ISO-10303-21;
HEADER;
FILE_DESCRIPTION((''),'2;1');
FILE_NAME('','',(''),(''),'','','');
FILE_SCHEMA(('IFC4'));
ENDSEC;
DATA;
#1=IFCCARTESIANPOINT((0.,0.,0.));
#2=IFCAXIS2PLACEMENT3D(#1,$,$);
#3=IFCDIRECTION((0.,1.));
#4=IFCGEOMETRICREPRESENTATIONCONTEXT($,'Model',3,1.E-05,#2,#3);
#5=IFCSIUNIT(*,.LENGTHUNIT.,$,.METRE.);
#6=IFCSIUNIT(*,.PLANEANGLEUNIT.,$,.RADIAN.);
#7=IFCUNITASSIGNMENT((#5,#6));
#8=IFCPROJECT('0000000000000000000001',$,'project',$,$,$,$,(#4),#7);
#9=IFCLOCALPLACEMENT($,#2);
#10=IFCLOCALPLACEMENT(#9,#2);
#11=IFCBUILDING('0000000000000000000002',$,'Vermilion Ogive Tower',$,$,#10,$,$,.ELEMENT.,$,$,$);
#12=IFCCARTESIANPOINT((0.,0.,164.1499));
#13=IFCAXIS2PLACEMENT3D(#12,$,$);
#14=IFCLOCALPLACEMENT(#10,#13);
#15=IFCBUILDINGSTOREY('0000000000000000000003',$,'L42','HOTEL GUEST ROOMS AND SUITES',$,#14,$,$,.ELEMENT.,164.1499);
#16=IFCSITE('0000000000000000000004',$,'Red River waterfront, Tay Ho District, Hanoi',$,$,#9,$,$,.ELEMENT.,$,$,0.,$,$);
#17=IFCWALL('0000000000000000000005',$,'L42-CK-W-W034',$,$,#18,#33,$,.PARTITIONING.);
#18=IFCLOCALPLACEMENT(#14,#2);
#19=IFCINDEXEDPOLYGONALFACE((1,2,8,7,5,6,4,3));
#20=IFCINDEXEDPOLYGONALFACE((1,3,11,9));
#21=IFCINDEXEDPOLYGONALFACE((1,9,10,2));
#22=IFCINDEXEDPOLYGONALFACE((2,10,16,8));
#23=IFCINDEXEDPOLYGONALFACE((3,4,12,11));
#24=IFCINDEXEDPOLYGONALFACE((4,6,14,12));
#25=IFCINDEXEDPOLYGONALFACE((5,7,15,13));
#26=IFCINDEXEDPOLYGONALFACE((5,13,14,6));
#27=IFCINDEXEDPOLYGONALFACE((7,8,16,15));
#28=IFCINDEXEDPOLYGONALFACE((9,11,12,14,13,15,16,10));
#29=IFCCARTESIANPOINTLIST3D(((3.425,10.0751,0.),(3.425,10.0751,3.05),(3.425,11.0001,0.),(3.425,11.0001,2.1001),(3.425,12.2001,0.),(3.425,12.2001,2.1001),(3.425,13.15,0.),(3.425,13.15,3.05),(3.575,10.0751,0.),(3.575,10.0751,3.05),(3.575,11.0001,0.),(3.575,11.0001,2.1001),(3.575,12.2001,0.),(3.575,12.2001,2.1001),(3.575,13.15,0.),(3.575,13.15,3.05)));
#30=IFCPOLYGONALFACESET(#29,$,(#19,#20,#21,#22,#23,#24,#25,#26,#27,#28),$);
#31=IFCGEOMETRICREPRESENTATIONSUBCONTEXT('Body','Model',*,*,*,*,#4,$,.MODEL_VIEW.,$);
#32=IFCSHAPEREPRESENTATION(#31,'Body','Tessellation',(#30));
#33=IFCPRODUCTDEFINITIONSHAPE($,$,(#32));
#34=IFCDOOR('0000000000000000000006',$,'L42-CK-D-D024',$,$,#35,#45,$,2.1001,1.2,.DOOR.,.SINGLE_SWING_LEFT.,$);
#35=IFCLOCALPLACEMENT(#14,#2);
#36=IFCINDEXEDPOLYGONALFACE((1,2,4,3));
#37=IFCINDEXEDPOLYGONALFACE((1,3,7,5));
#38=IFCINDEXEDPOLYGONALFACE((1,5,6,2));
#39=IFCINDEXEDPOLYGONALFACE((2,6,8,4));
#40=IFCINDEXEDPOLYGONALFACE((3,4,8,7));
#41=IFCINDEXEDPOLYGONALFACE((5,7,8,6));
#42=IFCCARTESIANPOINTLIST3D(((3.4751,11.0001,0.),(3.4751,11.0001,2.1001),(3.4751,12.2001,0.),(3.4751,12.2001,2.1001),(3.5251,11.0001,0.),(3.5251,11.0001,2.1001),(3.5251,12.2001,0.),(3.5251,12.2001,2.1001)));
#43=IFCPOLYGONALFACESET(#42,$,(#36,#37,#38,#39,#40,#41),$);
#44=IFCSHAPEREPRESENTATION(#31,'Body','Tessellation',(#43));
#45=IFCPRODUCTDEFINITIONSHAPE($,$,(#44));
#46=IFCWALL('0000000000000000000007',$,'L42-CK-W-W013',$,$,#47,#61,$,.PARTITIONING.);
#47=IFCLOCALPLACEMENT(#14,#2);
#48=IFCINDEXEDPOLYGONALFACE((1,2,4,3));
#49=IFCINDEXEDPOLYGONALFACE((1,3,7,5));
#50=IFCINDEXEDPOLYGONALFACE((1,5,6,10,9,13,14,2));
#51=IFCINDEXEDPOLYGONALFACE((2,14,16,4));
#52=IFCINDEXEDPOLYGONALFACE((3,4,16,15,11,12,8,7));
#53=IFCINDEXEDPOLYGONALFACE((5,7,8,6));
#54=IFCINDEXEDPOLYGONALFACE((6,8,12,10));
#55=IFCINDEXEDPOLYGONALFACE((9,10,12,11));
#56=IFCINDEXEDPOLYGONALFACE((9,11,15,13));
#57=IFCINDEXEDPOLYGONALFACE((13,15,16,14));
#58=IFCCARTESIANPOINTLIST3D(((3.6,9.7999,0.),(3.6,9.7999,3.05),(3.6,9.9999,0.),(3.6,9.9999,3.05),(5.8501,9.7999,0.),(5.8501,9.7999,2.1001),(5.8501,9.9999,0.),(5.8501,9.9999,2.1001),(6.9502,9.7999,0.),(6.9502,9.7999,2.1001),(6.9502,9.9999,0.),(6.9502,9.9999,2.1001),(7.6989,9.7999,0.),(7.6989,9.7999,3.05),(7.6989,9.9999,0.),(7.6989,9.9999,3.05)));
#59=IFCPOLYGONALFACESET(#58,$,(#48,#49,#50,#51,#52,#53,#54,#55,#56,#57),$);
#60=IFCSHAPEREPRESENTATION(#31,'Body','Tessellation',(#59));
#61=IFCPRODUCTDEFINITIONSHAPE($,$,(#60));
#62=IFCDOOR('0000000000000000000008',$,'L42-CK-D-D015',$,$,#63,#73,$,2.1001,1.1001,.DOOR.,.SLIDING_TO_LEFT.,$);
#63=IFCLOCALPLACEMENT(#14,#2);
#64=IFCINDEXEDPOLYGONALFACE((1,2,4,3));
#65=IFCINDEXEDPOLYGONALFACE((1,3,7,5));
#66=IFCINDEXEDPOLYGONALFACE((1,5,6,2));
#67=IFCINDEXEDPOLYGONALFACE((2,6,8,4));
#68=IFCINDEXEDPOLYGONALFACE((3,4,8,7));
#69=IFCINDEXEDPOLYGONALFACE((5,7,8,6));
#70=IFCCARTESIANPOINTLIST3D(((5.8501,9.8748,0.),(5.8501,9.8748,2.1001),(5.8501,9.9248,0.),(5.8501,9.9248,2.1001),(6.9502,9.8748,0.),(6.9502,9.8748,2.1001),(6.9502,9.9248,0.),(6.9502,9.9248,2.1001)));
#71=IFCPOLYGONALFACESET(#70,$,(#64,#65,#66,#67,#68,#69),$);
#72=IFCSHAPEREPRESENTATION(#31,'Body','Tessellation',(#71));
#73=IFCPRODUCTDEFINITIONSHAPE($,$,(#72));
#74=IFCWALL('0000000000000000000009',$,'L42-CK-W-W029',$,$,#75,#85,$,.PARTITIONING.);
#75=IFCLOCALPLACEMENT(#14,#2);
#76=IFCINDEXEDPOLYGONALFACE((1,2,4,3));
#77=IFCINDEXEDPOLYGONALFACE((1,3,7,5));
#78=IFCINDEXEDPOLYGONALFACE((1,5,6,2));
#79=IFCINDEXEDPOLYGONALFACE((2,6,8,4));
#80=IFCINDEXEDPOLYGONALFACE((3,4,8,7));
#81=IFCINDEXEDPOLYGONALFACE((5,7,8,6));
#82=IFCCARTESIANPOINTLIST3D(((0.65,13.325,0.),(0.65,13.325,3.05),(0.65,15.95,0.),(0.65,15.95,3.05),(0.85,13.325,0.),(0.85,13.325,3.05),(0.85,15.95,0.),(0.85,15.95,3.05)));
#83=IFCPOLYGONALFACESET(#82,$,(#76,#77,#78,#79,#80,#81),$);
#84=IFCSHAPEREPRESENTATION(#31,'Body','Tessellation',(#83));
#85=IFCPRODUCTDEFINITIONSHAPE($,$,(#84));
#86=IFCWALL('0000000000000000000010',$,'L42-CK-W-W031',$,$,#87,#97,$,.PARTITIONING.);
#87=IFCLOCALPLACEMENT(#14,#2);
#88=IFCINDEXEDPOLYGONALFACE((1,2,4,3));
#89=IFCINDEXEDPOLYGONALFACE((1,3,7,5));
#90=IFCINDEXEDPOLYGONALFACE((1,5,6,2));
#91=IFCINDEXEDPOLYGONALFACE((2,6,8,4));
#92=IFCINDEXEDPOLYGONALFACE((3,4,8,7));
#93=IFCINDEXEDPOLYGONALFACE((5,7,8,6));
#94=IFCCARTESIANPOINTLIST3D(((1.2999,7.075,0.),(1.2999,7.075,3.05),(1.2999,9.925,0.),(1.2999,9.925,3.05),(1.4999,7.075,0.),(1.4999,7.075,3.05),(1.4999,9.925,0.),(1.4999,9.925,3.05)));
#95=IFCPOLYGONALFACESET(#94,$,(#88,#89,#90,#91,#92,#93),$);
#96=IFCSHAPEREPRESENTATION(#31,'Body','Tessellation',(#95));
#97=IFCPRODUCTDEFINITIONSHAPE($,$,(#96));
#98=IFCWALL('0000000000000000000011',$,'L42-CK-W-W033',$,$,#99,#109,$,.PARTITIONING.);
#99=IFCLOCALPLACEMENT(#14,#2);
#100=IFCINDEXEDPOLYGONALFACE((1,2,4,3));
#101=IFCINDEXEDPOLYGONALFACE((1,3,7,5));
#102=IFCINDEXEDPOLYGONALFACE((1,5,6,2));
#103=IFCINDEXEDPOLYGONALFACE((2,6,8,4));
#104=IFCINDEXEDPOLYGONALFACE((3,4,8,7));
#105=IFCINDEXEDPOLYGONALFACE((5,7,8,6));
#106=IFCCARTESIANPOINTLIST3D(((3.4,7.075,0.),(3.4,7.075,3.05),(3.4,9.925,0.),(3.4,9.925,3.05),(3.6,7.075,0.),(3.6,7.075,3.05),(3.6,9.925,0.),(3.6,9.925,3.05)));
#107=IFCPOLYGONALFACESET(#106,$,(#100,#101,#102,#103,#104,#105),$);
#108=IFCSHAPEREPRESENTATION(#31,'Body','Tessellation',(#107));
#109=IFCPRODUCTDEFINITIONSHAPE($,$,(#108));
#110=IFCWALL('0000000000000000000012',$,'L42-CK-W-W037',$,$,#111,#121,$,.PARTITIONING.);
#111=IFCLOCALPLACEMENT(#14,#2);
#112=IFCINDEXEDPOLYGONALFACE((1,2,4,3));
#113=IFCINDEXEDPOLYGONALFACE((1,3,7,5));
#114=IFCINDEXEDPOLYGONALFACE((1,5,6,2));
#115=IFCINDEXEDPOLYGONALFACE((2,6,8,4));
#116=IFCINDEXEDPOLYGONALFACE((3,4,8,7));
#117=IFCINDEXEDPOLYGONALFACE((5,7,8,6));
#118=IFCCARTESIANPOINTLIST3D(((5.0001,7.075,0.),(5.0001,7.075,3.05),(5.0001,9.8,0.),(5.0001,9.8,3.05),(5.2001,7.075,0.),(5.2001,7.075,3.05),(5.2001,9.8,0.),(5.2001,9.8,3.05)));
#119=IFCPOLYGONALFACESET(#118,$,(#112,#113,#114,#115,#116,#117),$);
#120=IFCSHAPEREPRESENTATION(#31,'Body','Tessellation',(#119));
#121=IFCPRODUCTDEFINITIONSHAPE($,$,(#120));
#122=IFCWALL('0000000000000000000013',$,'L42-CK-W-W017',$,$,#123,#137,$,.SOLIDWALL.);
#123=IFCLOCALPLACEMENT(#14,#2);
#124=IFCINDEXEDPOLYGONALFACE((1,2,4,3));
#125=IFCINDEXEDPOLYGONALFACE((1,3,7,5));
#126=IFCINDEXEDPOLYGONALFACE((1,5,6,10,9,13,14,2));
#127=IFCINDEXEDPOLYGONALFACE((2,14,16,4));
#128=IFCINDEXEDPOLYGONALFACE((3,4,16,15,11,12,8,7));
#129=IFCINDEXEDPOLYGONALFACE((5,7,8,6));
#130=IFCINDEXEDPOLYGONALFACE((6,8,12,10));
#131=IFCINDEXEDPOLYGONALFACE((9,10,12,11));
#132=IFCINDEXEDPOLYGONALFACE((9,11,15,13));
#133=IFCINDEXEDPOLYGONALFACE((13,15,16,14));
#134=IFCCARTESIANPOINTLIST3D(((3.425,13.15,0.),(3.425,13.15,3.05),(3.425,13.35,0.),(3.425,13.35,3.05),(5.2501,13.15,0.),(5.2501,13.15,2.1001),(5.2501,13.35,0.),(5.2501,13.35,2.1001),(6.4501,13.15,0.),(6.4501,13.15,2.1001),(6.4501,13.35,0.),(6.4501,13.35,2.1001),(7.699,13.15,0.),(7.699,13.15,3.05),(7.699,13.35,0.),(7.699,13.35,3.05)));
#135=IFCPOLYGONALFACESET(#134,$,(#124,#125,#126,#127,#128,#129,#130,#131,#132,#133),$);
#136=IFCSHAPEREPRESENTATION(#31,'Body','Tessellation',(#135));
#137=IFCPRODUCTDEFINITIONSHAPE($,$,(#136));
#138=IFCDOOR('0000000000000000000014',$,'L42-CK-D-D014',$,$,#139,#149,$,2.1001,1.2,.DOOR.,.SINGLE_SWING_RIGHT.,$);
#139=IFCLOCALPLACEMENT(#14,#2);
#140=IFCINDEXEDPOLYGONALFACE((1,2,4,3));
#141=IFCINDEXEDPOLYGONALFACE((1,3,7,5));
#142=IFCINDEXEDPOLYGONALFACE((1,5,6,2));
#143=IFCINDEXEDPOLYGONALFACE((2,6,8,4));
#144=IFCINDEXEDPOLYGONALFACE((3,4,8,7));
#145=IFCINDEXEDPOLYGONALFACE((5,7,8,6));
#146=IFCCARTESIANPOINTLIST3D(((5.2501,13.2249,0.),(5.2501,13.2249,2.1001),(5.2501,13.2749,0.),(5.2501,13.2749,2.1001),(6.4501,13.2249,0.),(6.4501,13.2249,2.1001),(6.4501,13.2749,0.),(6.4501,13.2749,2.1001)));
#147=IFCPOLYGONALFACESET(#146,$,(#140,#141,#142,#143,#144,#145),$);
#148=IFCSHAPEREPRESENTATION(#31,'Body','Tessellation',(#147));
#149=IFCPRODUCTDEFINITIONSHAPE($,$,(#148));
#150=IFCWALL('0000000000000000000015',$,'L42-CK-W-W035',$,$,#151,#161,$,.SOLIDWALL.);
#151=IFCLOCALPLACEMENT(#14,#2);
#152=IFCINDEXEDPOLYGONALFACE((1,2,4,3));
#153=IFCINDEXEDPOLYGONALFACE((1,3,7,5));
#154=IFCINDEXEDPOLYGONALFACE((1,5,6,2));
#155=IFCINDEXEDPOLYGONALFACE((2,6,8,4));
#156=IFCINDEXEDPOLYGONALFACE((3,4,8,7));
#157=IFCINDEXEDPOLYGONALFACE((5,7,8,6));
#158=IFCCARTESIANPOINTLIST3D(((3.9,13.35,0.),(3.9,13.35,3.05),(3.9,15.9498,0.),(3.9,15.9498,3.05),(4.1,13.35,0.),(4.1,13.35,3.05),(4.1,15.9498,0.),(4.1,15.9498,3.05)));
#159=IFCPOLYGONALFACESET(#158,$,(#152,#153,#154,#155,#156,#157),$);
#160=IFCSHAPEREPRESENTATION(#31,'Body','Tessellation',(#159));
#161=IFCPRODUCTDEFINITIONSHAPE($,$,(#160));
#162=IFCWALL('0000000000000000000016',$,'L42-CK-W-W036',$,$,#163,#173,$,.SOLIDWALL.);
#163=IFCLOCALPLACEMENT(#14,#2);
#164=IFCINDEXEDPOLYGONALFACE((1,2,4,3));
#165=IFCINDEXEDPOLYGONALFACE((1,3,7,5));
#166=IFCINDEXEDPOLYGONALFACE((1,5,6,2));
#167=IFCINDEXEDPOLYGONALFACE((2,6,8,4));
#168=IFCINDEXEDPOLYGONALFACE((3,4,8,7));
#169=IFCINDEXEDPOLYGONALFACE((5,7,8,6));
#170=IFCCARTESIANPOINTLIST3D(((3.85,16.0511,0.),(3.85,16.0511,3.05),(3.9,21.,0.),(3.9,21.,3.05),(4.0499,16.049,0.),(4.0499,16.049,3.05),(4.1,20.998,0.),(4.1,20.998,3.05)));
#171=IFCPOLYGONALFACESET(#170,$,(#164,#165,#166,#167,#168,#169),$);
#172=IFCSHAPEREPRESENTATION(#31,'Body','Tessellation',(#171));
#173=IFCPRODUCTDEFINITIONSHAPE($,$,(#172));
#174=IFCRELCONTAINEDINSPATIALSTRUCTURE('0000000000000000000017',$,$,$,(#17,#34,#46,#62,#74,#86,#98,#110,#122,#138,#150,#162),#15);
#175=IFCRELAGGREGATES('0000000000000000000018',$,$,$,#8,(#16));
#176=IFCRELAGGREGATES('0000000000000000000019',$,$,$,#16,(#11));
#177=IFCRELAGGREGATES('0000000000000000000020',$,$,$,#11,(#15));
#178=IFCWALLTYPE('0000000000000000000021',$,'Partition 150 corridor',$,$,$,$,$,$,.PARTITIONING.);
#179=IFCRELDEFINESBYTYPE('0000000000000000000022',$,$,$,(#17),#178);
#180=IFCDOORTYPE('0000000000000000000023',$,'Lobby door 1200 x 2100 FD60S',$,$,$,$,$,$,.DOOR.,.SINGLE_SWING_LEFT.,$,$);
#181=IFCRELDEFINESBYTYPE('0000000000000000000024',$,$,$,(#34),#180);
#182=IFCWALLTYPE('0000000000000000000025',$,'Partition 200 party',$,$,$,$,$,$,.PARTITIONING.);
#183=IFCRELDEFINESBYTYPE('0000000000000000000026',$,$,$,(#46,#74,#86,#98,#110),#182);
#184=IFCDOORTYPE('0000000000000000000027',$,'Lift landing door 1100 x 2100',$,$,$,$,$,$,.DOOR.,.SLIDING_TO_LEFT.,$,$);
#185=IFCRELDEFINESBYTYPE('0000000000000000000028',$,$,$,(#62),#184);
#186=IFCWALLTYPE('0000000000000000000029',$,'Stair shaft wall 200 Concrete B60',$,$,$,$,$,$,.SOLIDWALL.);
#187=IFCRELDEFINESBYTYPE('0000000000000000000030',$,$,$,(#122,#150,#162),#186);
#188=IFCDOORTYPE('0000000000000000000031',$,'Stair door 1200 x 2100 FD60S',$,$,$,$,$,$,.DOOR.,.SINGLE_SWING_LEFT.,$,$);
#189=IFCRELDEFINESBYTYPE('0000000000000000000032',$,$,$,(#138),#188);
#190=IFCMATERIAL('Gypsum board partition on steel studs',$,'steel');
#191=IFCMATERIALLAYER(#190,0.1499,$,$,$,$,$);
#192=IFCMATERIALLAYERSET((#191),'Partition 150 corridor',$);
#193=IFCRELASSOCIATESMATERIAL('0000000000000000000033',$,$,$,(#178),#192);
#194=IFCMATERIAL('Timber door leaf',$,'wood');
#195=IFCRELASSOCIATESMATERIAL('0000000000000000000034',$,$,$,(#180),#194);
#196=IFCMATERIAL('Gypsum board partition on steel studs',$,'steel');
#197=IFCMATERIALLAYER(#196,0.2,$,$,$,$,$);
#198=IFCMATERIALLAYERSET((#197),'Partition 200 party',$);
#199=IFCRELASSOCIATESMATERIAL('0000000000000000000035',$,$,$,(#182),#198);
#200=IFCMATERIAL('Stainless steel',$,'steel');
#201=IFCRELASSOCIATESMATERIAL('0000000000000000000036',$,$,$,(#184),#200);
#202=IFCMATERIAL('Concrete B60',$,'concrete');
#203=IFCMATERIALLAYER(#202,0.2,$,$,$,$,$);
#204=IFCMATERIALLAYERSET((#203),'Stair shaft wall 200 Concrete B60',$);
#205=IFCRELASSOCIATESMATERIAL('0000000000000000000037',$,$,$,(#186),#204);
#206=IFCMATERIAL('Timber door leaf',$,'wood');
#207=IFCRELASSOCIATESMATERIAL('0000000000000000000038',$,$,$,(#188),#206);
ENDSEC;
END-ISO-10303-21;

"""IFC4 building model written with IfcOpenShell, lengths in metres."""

from ifc_helpers import new_model, si_unit, direction, frame, frame_2d, origin, place, context, subcontext, project, spatial, rectangle, extrude, material, layer, layer_set, type_object, element, fill, save


model = new_model("IFC4")

# Units and contexts
model_context = context("Model", 3, precision=1e-05, world=origin(), true_north=direction((0.0, 1.0)))
body_context = subcontext(model_context, "Body", "Model", "MODEL_VIEW")
ifc_project = project(units=[si_unit("LENGTHUNIT", "METRE"), si_unit("PLANEANGLEUNIT", "RADIAN")], contexts=[model_context])

# Site, building, storey
site_placement = place(None, origin())
site = spatial("IfcSite", under=ifc_project, at=site_placement, Name="Red River waterfront, Tay Ho District, Hanoi", CompositionType="ELEMENT", RefElevation=0.0)
building_placement = place(site_placement, origin())
building = spatial("IfcBuilding", under=site, at=building_placement, Name="Vermilion Ogive Tower", CompositionType="ELEMENT")
storey_placement = place(building_placement, frame((0.0, 0.0, 164.1499)))
storey = spatial("IfcBuildingStorey", under=building, at=storey_placement, Name="L42", Description="HOTEL GUEST ROOMS AND SUITES", CompositionType="ELEMENT", Elevation=164.1499)

# Walls, openings, doors
ifc_material_1 = material(Name="Gypsum board partition on steel studs", Category="steel")
ifc_layer_1 = layer(ifc_material_1, 0.1499)
ifc_layer_set_1 = layer_set([ifc_layer_1], Name="Partition 150 corridor")
wall_type_1 = type_object("IfcWallType", Name="Partition 150 corridor", PredefinedType="PARTITIONING", material=ifc_layer_set_1)
wall_1_placement = place(storey_placement, frame((3.5, 10.075, 0.0), z_axis=(0.0, 0.0, 1.0), x_axis=(0.0, 1.0, 0.0)))
wall_1 = element("IfcWall", 1, at=wall_1_placement, inside=storey, type_object=wall_type_1, Name="L42-CK-W-W034", PredefinedType="PARTITIONING", context=body_context, shape_type="SweptSolid", body=[
    extrude(rectangle(XDim=3.075, YDim=0.1499, at=frame_2d((1.5376, 0.0))), origin(), (0.0, 0.0, 1.0), 3.05),
])
opening_1_placement = place(wall_1_placement, frame((0.925, 0.0, 0.0)))
opening_1 = element("IfcOpeningElement", 2, at=opening_1_placement, cuts=wall_1, PredefinedType="OPENING", context=body_context, shape_type="SweptSolid", body=[
    extrude(rectangle(XDim=1.2, YDim=2.1001, at=frame_2d((0.6001, 1.05))), frame((0.0, 0.085, 0.0), z_axis=(0.0, -1.0, 0.0), x_axis=(1.0, 0.0, 0.0)), (0.0, 0.0, 1.0), 0.1699),
])
ifc_material_2 = material(Name="Timber door leaf", Category="wood")
door_type_1 = type_object("IfcDoorType", Name="Lobby door 1200 x 2100 FD60S", OperationType="SINGLE_SWING_LEFT", PredefinedType="DOOR", material=ifc_material_2)
door_1_placement = place(opening_1_placement, origin())
door_1 = element("IfcDoor", 3, at=door_1_placement, inside=storey, type_object=door_type_1, Name="L42-CK-D-D024", OperationType="SINGLE_SWING_LEFT", OverallHeight=2.1001, OverallWidth=1.2, PredefinedType="DOOR", context=body_context, shape_type="SweptSolid", body=[
    extrude(rectangle(XDim=1.2, YDim=2.1001, at=frame_2d((0.6001, 1.05))), frame((0.0, 0.0249, 0.0), z_axis=(0.0, -1.0, 0.0), x_axis=(1.0, 0.0, 0.0)), (0.0, 0.0, 1.0), 0.05),
])
fill(opening_1, door_1)
ifc_material_3 = material(Name="Gypsum board partition on steel studs", Category="steel")
ifc_layer_2 = layer(ifc_material_3, 0.2)
ifc_layer_set_2 = layer_set([ifc_layer_2], Name="Partition 200 party")
wall_type_2 = type_object("IfcWallType", Name="Partition 200 party", PredefinedType="PARTITIONING", material=ifc_layer_set_2)
wall_2_placement = place(storey_placement, frame((3.6001, 9.8999, 0.0), z_axis=(0.0, 0.0, 1.0), x_axis=(1.0, 0.0, 0.0)))
wall_2 = element("IfcWall", 4, at=wall_2_placement, inside=storey, type_object=wall_type_2, Name="L42-CK-W-W013", PredefinedType="PARTITIONING", context=body_context, shape_type="SweptSolid", body=[
    extrude(rectangle(XDim=4.0989, YDim=0.2, at=frame_2d((2.0493, 0.0))), origin(), (0.0, 0.0, 1.0), 3.05),
])
opening_2_placement = place(wall_2_placement, frame((2.25, 0.0, 0.0)))
opening_2 = element("IfcOpeningElement", 5, at=opening_2_placement, cuts=wall_2, PredefinedType="OPENING", context=body_context, shape_type="SweptSolid", body=[
    extrude(rectangle(XDim=1.1001, YDim=2.1001, at=frame_2d((0.55, 1.05))), frame((0.0, 0.1099, 0.0), z_axis=(0.0, -1.0, 0.0), x_axis=(1.0, 0.0, 0.0)), (0.0, 0.0, 1.0), 0.22),
])
ifc_material_4 = material(Name="Stainless steel", Category="steel")
door_type_2 = type_object("IfcDoorType", Name="Lift landing door 1100 x 2100", OperationType="SLIDING_TO_LEFT", PredefinedType="DOOR", material=ifc_material_4)
door_2_placement = place(opening_2_placement, origin())
door_2 = element("IfcDoor", 6, at=door_2_placement, inside=storey, type_object=door_type_2, Name="L42-CK-D-D015", OperationType="SLIDING_TO_LEFT", OverallHeight=2.1001, OverallWidth=1.1001, PredefinedType="DOOR", context=body_context, shape_type="SweptSolid", body=[
    extrude(rectangle(XDim=1.1001, YDim=2.1001, at=frame_2d((0.55, 1.05))), frame((0.0, 0.0249, 0.0), z_axis=(0.0, -1.0, 0.0), x_axis=(1.0, 0.0, 0.0)), (0.0, 0.0, 1.0), 0.05),
])
fill(opening_2, door_2)

# Walls
wall_3_placement = place(storey_placement, frame((0.75, 13.325, 0.0), z_axis=(0.0, 0.0, 1.0), x_axis=(0.0, 1.0, 0.0)))
element("IfcWall", 7, at=wall_3_placement, inside=storey, type_object=wall_type_2, Name="L42-CK-W-W029", PredefinedType="PARTITIONING", context=body_context, shape_type="SweptSolid", body=[
    extrude(rectangle(XDim=2.625, YDim=0.2, at=frame_2d((1.3125, 0.0))), origin(), (0.0, 0.0, 1.0), 3.05),
])
for number, where, z_axis, x_axis, name in (
    (8, (1.3999, 7.075, 0.0), (0.0, 0.0, 1.0), (0.0, 1.0, 0.0), "L42-CK-W-W031"),
    (9, (3.5, 7.075, 0.0), (0.0, 0.0, 1.0), (0.0, 1.0, 0.0), "L42-CK-W-W033"),
):
    element("IfcWall", number, at=place(storey_placement, frame(where, z_axis=z_axis, x_axis=x_axis)), inside=storey, type_object=wall_type_2, Name=name, PredefinedType="PARTITIONING", context=body_context, shape_type="SweptSolid", body=[
        extrude(rectangle(XDim=2.8501, YDim=0.2, at=frame_2d((1.425, 0.0))), origin(), (0.0, 0.0, 1.0), 3.05),
    ])
wall_4_placement = place(storey_placement, frame((5.1001, 7.075, 0.0), z_axis=(0.0, 0.0, 1.0), x_axis=(0.0, 1.0, 0.0)))
element("IfcWall", 10, at=wall_4_placement, inside=storey, type_object=wall_type_2, Name="L42-CK-W-W037", PredefinedType="PARTITIONING", context=body_context, shape_type="SweptSolid", body=[
    extrude(rectangle(XDim=2.7251, YDim=0.2, at=frame_2d((1.3625, 0.0))), origin(), (0.0, 0.0, 1.0), 3.05),
])

# Wall, opening, door
ifc_material_5 = material(Name="Concrete B60", Category="concrete")
ifc_layer_3 = layer(ifc_material_5, 0.2)
ifc_layer_set_3 = layer_set([ifc_layer_3], Name="Stair shaft wall 200 Concrete B60")
wall_type_3 = type_object("IfcWallType", Name="Stair shaft wall 200 Concrete B60", PredefinedType="SOLIDWALL", material=ifc_layer_set_3)
wall_5_placement = place(storey_placement, frame((3.425, 13.25, 0.0), z_axis=(0.0, 0.0, 1.0), x_axis=(1.0, 0.0, 0.0)))
wall_5 = element("IfcWall", 11, at=wall_5_placement, inside=storey, type_object=wall_type_3, Name="L42-CK-W-W017", PredefinedType="SOLIDWALL", context=body_context, shape_type="SweptSolid", body=[
    extrude(rectangle(XDim=4.2739, YDim=0.2, at=frame_2d((2.137, 0.0))), origin(), (0.0, 0.0, 1.0), 3.05),
])
opening_3_placement = place(wall_5_placement, frame((1.825, 0.0, 0.0)))
opening_3 = element("IfcOpeningElement", 12, at=opening_3_placement, cuts=wall_5, PredefinedType="OPENING", context=body_context, shape_type="SweptSolid", body=[
    extrude(rectangle(XDim=1.2, YDim=2.1001, at=frame_2d((0.6001, 1.05))), frame((0.0, 0.1099, 0.0), z_axis=(0.0, -1.0, 0.0), x_axis=(1.0, 0.0, 0.0)), (0.0, 0.0, 1.0), 0.22),
])
ifc_material_6 = material(Name="Timber door leaf", Category="wood")
door_type_3 = type_object("IfcDoorType", Name="Stair door 1200 x 2100 FD60S", OperationType="SINGLE_SWING_LEFT", PredefinedType="DOOR", material=ifc_material_6)
door_3_placement = place(opening_3_placement, origin())
door_3 = element("IfcDoor", 13, at=door_3_placement, inside=storey, type_object=door_type_3, Name="L42-CK-D-D014", OperationType="SINGLE_SWING_RIGHT", OverallHeight=2.1001, OverallWidth=1.2, PredefinedType="DOOR", context=body_context, shape_type="SweptSolid", body=[
    extrude(rectangle(XDim=1.2, YDim=2.1001, at=frame_2d((0.6001, 1.05))), frame((0.0, 0.0249, 0.0), z_axis=(0.0, -1.0, 0.0), x_axis=(1.0, 0.0, 0.0)), (0.0, 0.0, 1.0), 0.05),
])
fill(opening_3, door_3)

# Walls
wall_6_placement = place(storey_placement, frame((4.0, 13.3501, 0.0), z_axis=(0.0, 0.0, 1.0), x_axis=(0.0, 1.0, 0.0)))
element("IfcWall", 14, at=wall_6_placement, inside=storey, type_object=wall_type_3, Name="L42-CK-W-W035", PredefinedType="SOLIDWALL", context=body_context, shape_type="SweptSolid", body=[
    extrude(rectangle(XDim=2.5999, YDim=0.2, at=frame_2d((1.2998, 0.0))), origin(), (0.0, 0.0, 1.0), 3.05),
])
wall_7_placement = place(storey_placement, frame((3.95, 16.05, 0.0), z_axis=(0.0, 0.0, 1.0), x_axis=(0.010112, 0.999949, 0.0)))
element("IfcWall", 15, at=wall_7_placement, inside=storey, type_object=wall_type_3, Name="L42-CK-W-W036", PredefinedType="SOLIDWALL", context=body_context, shape_type="SweptSolid", body=[
    extrude(rectangle(XDim=4.9492, YDim=0.2, at=frame_2d((2.4746, 0.0))), origin(), (0.0, 0.0, 1.0), 3.05),
])

save(model, "model.ifc")
